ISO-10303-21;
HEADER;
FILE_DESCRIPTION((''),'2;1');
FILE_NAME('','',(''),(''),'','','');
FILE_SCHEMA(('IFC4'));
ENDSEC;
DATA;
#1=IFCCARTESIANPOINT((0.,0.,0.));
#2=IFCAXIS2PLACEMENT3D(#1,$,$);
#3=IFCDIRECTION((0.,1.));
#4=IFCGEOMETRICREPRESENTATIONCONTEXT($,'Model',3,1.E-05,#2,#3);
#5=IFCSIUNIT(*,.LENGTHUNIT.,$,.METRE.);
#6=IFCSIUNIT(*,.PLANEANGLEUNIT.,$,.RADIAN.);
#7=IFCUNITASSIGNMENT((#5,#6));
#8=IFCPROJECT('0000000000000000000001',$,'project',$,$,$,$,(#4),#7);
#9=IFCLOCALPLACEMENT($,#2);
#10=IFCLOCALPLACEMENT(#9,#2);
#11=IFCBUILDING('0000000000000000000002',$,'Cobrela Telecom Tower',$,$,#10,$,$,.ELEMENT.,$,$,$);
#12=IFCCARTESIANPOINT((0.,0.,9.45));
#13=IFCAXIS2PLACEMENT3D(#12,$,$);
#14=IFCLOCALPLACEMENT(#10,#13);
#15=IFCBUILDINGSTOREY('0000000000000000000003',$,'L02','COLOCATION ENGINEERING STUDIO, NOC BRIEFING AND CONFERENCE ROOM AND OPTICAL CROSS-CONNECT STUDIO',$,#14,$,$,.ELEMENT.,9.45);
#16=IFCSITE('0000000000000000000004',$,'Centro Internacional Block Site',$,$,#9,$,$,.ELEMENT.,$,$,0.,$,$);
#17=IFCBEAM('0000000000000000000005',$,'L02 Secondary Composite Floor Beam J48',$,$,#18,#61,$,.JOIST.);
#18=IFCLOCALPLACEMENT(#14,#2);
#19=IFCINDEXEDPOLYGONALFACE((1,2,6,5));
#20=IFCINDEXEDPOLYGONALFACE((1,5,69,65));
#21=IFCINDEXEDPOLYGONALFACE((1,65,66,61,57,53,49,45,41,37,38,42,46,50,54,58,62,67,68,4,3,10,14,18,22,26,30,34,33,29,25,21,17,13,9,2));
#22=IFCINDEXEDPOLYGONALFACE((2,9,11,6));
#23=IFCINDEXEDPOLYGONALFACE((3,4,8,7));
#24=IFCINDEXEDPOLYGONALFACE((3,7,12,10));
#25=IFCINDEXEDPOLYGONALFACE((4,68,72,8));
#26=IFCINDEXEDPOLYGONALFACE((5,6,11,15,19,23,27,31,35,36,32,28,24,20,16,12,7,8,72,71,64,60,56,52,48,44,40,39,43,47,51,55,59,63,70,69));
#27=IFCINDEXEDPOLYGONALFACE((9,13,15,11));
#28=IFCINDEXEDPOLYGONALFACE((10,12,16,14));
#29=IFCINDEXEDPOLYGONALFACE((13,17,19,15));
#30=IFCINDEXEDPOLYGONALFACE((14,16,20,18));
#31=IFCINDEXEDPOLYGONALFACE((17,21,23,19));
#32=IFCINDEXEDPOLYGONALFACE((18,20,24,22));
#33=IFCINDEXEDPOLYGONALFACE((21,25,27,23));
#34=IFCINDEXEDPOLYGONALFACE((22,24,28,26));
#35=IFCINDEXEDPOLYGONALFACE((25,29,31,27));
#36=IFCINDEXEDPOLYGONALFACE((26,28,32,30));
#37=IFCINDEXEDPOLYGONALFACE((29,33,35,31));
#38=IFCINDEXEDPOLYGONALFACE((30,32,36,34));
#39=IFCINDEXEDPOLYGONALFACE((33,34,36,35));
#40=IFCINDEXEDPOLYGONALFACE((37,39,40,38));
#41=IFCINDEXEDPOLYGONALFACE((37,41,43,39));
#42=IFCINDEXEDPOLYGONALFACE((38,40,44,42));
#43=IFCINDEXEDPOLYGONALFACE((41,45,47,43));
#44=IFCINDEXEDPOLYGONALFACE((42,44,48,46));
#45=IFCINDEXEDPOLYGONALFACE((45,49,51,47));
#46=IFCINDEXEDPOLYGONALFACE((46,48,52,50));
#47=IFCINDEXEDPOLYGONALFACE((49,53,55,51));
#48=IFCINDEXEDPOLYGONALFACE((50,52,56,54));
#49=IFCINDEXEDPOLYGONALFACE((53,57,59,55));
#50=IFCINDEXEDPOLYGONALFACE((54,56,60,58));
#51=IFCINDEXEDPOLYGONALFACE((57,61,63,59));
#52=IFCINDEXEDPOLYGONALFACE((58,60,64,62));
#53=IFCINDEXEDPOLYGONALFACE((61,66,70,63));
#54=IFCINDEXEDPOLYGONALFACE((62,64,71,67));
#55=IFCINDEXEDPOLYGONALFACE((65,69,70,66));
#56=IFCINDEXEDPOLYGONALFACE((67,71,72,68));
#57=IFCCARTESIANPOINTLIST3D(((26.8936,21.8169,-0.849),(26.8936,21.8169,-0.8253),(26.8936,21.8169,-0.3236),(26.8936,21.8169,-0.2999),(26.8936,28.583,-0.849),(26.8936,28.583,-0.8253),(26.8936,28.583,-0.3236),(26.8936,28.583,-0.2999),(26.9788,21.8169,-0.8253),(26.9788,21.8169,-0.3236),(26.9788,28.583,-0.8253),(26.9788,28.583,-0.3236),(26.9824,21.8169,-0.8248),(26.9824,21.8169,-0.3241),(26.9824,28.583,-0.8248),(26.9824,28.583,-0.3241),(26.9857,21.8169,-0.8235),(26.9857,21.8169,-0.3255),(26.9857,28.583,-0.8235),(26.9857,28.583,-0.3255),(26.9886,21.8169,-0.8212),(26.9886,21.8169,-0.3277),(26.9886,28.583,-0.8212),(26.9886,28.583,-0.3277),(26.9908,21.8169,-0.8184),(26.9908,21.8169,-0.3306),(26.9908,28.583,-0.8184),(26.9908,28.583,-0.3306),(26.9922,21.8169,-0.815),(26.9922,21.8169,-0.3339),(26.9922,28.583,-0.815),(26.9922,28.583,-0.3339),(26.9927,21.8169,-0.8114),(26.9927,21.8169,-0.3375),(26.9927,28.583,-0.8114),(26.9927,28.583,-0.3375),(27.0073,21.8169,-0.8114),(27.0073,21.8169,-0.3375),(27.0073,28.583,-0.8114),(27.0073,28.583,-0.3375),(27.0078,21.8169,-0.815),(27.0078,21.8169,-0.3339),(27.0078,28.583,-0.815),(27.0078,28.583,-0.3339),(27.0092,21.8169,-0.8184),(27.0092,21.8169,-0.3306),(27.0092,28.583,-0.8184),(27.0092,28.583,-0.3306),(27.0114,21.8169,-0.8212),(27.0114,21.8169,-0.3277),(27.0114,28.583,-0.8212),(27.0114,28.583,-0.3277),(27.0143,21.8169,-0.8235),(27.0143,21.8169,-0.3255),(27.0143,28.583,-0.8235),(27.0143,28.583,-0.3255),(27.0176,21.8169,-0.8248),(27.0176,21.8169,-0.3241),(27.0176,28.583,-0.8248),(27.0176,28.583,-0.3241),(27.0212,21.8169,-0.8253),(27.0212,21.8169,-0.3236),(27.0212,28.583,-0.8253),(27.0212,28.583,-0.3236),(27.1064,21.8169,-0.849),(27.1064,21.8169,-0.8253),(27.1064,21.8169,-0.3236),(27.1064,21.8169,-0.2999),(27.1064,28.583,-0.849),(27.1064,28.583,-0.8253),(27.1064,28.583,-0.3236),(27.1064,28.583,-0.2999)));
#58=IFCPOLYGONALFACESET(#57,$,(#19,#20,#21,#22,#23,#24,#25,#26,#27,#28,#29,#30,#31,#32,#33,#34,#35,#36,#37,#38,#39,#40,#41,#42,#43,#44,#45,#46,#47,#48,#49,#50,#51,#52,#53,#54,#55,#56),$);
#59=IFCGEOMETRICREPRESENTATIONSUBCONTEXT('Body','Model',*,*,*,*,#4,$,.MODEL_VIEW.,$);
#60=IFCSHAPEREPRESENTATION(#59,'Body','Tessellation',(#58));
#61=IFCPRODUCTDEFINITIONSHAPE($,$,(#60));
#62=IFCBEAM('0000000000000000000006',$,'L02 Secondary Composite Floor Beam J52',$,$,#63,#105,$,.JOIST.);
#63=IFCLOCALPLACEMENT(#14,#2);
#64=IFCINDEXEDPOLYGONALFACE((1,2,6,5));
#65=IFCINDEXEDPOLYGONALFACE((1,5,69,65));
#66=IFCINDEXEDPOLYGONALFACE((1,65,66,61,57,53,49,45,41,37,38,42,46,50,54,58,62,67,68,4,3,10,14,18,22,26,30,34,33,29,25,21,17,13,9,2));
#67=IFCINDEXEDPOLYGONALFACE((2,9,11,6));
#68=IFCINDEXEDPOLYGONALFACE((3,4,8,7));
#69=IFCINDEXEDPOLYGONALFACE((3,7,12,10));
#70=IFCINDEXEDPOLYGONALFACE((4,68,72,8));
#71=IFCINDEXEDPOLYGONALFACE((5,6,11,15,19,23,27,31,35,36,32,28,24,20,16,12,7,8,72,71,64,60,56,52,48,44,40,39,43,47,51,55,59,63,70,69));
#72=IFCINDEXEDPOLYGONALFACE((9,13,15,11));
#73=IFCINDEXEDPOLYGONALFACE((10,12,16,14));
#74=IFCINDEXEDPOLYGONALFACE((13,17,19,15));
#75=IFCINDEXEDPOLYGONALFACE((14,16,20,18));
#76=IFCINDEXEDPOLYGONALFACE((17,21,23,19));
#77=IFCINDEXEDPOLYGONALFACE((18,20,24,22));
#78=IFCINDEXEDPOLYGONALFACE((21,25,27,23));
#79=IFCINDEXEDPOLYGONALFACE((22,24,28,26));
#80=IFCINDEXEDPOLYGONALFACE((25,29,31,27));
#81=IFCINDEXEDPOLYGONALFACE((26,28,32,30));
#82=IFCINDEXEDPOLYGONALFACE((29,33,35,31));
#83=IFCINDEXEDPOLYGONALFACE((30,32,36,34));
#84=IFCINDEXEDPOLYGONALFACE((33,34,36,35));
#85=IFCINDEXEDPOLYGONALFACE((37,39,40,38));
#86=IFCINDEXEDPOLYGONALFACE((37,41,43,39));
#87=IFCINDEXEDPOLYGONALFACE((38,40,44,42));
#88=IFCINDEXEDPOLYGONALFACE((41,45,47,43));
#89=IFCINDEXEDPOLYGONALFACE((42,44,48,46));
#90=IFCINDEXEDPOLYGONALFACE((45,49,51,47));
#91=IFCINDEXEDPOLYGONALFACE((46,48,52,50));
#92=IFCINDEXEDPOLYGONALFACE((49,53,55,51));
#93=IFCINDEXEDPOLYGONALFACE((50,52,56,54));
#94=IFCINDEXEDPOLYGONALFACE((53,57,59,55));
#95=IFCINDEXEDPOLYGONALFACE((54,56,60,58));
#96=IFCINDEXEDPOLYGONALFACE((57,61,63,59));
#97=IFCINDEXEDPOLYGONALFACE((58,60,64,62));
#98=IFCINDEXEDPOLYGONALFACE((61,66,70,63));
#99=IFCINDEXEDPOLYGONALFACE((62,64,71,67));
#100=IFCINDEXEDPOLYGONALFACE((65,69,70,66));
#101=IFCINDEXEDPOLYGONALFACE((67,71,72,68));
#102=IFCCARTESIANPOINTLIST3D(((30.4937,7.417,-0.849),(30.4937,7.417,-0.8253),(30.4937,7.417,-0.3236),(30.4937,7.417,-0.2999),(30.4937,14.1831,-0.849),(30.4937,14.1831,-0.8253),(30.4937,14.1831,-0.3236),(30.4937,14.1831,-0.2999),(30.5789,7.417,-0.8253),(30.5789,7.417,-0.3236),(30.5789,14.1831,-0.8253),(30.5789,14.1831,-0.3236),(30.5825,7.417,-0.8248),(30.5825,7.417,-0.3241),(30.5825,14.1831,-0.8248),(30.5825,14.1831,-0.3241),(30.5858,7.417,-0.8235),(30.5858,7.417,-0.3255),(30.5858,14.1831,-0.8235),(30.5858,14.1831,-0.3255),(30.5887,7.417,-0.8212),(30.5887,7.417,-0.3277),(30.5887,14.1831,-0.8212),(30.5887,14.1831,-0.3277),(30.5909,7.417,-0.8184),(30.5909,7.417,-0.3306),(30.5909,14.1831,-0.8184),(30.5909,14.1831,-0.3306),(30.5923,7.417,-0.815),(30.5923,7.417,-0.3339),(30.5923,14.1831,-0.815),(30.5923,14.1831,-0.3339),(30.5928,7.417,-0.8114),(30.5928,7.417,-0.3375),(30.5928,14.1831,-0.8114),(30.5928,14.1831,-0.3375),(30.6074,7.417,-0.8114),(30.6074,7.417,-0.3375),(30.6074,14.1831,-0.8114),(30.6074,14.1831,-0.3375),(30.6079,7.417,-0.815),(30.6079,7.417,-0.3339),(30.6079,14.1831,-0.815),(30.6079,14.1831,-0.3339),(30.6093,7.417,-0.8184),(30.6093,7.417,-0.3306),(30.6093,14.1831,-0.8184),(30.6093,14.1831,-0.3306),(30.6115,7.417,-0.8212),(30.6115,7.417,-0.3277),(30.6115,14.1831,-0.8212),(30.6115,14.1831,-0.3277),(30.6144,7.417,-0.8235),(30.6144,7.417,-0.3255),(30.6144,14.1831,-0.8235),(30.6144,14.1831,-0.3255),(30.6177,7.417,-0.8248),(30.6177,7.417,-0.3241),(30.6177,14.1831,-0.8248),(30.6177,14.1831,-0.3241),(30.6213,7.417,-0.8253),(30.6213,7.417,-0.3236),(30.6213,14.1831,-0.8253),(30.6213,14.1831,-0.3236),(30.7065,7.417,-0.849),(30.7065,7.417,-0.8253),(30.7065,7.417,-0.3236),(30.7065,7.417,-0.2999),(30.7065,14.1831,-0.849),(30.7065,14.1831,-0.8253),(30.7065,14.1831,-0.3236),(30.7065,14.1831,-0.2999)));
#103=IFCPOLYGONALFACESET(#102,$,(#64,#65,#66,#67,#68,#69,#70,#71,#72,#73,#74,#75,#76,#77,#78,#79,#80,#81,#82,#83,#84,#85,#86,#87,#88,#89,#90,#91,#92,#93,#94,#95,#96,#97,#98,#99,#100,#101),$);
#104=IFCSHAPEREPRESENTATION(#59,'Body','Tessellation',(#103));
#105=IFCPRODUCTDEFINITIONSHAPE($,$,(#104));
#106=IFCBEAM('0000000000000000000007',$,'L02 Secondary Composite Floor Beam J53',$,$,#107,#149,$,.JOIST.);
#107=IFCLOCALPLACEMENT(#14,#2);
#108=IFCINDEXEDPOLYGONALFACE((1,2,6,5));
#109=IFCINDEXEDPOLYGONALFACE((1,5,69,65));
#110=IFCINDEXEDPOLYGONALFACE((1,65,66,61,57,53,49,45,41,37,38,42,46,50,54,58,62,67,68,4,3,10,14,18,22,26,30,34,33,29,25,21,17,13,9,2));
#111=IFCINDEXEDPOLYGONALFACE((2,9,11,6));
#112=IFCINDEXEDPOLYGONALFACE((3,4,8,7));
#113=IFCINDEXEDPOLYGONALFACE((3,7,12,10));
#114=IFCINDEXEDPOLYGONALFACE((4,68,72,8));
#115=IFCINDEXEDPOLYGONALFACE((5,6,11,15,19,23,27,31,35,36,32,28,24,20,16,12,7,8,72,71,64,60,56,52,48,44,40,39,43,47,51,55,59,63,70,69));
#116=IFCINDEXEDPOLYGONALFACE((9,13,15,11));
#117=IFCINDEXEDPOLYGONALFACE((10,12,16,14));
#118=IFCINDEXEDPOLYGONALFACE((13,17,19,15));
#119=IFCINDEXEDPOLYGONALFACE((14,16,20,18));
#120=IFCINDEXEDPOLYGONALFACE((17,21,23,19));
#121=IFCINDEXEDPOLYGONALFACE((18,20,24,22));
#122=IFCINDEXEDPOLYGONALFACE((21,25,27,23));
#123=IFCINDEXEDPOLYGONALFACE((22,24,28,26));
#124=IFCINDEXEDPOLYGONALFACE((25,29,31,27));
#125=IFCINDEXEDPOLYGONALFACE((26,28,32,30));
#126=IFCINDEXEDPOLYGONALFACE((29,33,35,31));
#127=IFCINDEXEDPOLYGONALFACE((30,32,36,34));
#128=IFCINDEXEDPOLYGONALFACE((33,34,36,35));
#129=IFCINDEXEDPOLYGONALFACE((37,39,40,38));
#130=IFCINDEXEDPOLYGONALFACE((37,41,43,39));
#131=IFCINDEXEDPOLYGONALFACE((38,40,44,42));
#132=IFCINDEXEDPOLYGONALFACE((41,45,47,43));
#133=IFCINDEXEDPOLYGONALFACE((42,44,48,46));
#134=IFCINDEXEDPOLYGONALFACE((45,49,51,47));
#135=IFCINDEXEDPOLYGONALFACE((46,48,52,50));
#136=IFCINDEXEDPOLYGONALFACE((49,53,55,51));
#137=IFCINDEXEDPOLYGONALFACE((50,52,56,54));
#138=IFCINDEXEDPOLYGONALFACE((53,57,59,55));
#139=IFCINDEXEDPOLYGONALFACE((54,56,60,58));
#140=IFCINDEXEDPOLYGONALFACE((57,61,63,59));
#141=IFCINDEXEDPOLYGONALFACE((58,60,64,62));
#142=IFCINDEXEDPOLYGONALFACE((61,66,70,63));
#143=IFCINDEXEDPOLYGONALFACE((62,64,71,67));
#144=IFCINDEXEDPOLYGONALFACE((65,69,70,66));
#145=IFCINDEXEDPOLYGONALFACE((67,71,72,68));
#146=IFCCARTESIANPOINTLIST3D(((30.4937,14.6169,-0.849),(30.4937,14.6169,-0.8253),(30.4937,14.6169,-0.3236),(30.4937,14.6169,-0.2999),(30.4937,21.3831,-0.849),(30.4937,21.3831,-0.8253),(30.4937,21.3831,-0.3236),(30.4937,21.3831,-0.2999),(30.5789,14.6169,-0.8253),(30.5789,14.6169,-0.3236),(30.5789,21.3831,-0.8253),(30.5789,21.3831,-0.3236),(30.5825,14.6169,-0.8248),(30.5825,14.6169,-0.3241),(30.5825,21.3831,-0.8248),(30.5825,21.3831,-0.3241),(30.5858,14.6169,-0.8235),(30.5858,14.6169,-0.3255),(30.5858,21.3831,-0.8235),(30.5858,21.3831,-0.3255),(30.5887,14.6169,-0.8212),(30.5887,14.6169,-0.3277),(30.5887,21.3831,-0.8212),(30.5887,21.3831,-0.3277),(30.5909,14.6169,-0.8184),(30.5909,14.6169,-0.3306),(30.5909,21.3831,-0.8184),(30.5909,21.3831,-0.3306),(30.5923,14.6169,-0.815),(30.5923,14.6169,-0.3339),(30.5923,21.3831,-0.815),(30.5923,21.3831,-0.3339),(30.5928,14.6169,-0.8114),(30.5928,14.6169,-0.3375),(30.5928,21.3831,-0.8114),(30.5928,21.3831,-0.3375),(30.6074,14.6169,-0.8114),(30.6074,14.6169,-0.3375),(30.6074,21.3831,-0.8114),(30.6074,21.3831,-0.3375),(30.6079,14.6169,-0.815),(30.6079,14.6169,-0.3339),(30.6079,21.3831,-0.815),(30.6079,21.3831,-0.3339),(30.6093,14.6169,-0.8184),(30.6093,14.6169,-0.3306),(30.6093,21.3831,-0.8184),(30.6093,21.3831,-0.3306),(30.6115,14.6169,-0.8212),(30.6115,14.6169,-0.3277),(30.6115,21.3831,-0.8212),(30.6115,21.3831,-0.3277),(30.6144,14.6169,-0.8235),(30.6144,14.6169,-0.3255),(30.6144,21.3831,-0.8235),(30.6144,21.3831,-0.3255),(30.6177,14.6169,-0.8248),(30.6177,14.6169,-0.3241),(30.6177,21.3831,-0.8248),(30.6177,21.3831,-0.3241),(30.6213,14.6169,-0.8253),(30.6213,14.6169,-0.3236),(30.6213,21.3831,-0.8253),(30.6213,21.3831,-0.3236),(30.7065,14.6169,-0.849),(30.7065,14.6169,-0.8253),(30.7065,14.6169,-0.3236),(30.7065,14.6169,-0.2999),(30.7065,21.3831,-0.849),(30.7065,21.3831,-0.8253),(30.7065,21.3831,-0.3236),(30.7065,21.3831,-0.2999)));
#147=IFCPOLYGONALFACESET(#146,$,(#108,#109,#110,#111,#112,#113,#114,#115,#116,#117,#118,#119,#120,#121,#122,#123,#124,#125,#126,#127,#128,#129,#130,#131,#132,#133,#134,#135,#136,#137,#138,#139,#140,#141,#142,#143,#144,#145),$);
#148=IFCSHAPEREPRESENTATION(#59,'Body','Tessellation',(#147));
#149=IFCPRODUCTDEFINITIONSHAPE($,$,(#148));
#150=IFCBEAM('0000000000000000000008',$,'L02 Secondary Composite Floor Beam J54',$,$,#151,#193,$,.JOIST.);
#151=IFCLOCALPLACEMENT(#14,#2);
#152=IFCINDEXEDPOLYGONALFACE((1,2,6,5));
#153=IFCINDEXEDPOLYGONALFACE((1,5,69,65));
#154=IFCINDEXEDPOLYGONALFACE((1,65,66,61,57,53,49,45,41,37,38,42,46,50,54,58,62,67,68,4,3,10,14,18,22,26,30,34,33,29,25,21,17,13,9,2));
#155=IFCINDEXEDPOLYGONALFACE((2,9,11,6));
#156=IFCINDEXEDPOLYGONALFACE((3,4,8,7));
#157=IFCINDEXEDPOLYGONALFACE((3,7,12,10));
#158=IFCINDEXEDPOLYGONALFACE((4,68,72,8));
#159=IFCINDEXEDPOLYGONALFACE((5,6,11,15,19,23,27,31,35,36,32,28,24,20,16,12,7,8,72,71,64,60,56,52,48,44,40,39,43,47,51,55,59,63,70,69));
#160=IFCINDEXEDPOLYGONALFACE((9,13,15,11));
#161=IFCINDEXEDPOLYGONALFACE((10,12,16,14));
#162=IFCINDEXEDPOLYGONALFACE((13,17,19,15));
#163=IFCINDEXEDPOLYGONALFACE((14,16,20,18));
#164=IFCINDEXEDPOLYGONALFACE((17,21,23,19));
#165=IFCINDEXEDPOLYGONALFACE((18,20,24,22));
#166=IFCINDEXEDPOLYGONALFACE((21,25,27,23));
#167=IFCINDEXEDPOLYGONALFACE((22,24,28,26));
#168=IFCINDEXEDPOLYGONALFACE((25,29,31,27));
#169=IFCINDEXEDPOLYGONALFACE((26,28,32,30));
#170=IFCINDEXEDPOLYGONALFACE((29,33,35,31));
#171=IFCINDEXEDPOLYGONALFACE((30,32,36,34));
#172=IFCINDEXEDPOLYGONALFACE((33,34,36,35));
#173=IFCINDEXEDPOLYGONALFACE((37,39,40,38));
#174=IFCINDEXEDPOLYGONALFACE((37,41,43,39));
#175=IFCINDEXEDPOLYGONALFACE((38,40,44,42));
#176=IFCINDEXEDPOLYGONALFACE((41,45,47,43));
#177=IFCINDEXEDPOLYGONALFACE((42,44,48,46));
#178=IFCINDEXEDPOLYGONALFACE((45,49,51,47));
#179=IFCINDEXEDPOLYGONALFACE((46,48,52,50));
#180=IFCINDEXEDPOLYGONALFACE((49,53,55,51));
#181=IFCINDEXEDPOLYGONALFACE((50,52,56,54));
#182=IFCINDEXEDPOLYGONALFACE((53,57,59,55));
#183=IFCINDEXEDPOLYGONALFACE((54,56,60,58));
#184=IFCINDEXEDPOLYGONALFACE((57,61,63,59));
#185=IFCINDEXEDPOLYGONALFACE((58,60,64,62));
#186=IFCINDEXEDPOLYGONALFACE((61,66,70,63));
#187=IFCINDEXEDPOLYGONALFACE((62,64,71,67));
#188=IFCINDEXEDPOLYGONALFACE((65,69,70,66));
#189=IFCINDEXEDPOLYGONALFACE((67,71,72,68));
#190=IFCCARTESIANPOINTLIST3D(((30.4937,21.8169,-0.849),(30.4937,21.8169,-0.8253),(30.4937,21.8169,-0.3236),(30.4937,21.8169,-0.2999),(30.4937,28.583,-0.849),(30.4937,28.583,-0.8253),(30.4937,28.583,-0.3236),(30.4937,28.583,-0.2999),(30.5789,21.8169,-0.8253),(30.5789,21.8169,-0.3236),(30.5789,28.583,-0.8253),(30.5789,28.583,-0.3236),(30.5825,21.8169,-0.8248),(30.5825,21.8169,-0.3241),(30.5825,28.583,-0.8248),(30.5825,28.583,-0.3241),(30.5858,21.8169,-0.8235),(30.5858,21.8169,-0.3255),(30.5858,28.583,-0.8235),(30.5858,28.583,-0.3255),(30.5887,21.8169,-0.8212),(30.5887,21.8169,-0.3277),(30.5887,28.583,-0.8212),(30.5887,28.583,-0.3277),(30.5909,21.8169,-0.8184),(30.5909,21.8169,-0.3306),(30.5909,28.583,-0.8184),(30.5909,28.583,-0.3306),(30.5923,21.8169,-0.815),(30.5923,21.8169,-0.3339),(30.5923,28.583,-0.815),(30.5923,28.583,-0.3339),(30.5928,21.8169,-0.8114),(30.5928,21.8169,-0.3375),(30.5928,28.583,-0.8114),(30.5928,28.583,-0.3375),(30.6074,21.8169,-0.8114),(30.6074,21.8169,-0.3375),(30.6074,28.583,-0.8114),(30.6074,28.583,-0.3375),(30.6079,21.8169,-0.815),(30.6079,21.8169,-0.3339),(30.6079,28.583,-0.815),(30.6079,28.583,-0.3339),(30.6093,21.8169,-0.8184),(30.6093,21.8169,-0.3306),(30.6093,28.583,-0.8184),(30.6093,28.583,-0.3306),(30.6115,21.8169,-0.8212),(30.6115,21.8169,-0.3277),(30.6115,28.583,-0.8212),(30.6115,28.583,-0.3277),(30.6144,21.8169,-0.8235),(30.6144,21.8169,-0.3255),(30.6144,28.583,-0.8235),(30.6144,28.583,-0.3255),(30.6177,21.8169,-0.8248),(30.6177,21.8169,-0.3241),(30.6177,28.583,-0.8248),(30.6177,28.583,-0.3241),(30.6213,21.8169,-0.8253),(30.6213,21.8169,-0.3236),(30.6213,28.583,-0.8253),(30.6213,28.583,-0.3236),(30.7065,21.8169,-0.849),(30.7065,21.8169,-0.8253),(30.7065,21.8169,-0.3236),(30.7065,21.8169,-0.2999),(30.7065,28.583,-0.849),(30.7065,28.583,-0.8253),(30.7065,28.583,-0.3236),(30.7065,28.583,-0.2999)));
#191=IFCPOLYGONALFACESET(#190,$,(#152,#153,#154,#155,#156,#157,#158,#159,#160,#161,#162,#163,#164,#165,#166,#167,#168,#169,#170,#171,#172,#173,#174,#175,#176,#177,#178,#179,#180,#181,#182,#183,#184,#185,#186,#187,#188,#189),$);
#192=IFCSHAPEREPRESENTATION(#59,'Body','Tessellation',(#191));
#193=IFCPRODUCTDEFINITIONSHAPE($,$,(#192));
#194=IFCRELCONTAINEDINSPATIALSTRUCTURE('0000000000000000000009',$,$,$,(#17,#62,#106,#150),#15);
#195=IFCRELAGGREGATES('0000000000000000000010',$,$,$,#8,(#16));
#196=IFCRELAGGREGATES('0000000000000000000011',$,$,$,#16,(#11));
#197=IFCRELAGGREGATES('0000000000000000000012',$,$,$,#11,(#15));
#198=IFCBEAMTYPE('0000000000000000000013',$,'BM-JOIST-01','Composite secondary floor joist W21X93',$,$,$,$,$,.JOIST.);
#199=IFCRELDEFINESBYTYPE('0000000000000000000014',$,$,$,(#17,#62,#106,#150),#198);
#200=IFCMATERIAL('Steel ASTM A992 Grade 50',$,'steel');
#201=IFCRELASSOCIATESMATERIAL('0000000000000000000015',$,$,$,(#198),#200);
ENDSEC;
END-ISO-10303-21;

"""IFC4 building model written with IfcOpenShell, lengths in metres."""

from ifc_helpers import new_model, si_unit, direction, frame, origin, origin_2d, place, context, subcontext, project, spatial, i_section, extrude, material, material_profile, profile_set, type_object, element, save


model = new_model("IFC4")

# Units and contexts
model_context = context("Model", 3, precision=1e-05, world=origin(), true_north=direction((0.0, 1.0)))
body_context = subcontext(model_context, "Body", "Model", "MODEL_VIEW")
ifc_project = project(units=[si_unit("LENGTHUNIT", "METRE"), si_unit("PLANEANGLEUNIT", "RADIAN")], contexts=[model_context])

# Site, building, storey
site_placement = place(None, origin())
site = spatial("IfcSite", under=ifc_project, at=site_placement, Name="Centro Internacional Block Site", CompositionType="ELEMENT", RefElevation=0.0)
building_placement = place(site_placement, origin())
building = spatial("IfcBuilding", under=site, at=building_placement, Name="Cobrela Telecom Tower", CompositionType="ELEMENT")
storey_placement = place(building_placement, frame((0.0, 0.0, 9.45)))
storey = spatial("IfcBuildingStorey", under=building, at=storey_placement, Name="L02", Description="COLOCATION ENGINEERING STUDIO, NOC BRIEFING AND CONFERENCE ROOM AND OPTICAL CROSS-CONNECT STUDIO", CompositionType="ELEMENT", Elevation=9.45)

# Beams
ifc_material_1 = material(Name="Steel ASTM A992 Grade 50", Category="steel")
ifc_material_profile_1 = material_profile(ifc_material_1, i_section(OverallWidth=0.2129, OverallDepth=0.5491, WebThickness=0.0146, FlangeThickness=0.0237, FilletRadius=0.0139, at=origin_2d()), Name="W21X93")
ifc_profile_set_1 = profile_set([ifc_material_profile_1], Name="Steel ASTM A992 Grade 50")
beam_type_1 = type_object("IfcBeamType", Name="BM-JOIST-01", Description="Composite secondary floor joist W21X93", PredefinedType="JOIST", material=ifc_profile_set_1)
for number, where, z_axis, x_axis, name in (
    (1, (27.0, 21.8169, -0.5745), (0.0, 1.0, 0.0), (-1.0, 0.0, 0.0), "L02 Secondary Composite Floor Beam J48"),
    (2, (30.6001, 7.417, -0.5745), (0.0, 1.0, 0.0), (-1.0, 0.0, 0.0), "L02 Secondary Composite Floor Beam J52"),
    (3, (30.6001, 14.6169, -0.5745), (0.0, 1.0, 0.0), (-1.0, 0.0, 0.0), "L02 Secondary Composite Floor Beam J53"),
    (4, (30.6001, 21.8169, -0.5745), (0.0, 1.0, 0.0), (-1.0, 0.0, 0.0), "L02 Secondary Composite Floor Beam J54"),
):
    element("IfcBeam", number, at=place(storey_placement, frame(where, z_axis=z_axis, x_axis=x_axis)), inside=storey, type_object=beam_type_1, Name=name, PredefinedType="JOIST", context=body_context, shape_type="SweptSolid", body=[
        extrude(i_section(OverallWidth=0.2129, OverallDepth=0.5491, WebThickness=0.0146, FlangeThickness=0.0237, FilletRadius=0.0139, at=origin_2d()), origin(), (0.0, 0.0, 1.0), 6.7661),
    ])

save(model, "model.ifc")
